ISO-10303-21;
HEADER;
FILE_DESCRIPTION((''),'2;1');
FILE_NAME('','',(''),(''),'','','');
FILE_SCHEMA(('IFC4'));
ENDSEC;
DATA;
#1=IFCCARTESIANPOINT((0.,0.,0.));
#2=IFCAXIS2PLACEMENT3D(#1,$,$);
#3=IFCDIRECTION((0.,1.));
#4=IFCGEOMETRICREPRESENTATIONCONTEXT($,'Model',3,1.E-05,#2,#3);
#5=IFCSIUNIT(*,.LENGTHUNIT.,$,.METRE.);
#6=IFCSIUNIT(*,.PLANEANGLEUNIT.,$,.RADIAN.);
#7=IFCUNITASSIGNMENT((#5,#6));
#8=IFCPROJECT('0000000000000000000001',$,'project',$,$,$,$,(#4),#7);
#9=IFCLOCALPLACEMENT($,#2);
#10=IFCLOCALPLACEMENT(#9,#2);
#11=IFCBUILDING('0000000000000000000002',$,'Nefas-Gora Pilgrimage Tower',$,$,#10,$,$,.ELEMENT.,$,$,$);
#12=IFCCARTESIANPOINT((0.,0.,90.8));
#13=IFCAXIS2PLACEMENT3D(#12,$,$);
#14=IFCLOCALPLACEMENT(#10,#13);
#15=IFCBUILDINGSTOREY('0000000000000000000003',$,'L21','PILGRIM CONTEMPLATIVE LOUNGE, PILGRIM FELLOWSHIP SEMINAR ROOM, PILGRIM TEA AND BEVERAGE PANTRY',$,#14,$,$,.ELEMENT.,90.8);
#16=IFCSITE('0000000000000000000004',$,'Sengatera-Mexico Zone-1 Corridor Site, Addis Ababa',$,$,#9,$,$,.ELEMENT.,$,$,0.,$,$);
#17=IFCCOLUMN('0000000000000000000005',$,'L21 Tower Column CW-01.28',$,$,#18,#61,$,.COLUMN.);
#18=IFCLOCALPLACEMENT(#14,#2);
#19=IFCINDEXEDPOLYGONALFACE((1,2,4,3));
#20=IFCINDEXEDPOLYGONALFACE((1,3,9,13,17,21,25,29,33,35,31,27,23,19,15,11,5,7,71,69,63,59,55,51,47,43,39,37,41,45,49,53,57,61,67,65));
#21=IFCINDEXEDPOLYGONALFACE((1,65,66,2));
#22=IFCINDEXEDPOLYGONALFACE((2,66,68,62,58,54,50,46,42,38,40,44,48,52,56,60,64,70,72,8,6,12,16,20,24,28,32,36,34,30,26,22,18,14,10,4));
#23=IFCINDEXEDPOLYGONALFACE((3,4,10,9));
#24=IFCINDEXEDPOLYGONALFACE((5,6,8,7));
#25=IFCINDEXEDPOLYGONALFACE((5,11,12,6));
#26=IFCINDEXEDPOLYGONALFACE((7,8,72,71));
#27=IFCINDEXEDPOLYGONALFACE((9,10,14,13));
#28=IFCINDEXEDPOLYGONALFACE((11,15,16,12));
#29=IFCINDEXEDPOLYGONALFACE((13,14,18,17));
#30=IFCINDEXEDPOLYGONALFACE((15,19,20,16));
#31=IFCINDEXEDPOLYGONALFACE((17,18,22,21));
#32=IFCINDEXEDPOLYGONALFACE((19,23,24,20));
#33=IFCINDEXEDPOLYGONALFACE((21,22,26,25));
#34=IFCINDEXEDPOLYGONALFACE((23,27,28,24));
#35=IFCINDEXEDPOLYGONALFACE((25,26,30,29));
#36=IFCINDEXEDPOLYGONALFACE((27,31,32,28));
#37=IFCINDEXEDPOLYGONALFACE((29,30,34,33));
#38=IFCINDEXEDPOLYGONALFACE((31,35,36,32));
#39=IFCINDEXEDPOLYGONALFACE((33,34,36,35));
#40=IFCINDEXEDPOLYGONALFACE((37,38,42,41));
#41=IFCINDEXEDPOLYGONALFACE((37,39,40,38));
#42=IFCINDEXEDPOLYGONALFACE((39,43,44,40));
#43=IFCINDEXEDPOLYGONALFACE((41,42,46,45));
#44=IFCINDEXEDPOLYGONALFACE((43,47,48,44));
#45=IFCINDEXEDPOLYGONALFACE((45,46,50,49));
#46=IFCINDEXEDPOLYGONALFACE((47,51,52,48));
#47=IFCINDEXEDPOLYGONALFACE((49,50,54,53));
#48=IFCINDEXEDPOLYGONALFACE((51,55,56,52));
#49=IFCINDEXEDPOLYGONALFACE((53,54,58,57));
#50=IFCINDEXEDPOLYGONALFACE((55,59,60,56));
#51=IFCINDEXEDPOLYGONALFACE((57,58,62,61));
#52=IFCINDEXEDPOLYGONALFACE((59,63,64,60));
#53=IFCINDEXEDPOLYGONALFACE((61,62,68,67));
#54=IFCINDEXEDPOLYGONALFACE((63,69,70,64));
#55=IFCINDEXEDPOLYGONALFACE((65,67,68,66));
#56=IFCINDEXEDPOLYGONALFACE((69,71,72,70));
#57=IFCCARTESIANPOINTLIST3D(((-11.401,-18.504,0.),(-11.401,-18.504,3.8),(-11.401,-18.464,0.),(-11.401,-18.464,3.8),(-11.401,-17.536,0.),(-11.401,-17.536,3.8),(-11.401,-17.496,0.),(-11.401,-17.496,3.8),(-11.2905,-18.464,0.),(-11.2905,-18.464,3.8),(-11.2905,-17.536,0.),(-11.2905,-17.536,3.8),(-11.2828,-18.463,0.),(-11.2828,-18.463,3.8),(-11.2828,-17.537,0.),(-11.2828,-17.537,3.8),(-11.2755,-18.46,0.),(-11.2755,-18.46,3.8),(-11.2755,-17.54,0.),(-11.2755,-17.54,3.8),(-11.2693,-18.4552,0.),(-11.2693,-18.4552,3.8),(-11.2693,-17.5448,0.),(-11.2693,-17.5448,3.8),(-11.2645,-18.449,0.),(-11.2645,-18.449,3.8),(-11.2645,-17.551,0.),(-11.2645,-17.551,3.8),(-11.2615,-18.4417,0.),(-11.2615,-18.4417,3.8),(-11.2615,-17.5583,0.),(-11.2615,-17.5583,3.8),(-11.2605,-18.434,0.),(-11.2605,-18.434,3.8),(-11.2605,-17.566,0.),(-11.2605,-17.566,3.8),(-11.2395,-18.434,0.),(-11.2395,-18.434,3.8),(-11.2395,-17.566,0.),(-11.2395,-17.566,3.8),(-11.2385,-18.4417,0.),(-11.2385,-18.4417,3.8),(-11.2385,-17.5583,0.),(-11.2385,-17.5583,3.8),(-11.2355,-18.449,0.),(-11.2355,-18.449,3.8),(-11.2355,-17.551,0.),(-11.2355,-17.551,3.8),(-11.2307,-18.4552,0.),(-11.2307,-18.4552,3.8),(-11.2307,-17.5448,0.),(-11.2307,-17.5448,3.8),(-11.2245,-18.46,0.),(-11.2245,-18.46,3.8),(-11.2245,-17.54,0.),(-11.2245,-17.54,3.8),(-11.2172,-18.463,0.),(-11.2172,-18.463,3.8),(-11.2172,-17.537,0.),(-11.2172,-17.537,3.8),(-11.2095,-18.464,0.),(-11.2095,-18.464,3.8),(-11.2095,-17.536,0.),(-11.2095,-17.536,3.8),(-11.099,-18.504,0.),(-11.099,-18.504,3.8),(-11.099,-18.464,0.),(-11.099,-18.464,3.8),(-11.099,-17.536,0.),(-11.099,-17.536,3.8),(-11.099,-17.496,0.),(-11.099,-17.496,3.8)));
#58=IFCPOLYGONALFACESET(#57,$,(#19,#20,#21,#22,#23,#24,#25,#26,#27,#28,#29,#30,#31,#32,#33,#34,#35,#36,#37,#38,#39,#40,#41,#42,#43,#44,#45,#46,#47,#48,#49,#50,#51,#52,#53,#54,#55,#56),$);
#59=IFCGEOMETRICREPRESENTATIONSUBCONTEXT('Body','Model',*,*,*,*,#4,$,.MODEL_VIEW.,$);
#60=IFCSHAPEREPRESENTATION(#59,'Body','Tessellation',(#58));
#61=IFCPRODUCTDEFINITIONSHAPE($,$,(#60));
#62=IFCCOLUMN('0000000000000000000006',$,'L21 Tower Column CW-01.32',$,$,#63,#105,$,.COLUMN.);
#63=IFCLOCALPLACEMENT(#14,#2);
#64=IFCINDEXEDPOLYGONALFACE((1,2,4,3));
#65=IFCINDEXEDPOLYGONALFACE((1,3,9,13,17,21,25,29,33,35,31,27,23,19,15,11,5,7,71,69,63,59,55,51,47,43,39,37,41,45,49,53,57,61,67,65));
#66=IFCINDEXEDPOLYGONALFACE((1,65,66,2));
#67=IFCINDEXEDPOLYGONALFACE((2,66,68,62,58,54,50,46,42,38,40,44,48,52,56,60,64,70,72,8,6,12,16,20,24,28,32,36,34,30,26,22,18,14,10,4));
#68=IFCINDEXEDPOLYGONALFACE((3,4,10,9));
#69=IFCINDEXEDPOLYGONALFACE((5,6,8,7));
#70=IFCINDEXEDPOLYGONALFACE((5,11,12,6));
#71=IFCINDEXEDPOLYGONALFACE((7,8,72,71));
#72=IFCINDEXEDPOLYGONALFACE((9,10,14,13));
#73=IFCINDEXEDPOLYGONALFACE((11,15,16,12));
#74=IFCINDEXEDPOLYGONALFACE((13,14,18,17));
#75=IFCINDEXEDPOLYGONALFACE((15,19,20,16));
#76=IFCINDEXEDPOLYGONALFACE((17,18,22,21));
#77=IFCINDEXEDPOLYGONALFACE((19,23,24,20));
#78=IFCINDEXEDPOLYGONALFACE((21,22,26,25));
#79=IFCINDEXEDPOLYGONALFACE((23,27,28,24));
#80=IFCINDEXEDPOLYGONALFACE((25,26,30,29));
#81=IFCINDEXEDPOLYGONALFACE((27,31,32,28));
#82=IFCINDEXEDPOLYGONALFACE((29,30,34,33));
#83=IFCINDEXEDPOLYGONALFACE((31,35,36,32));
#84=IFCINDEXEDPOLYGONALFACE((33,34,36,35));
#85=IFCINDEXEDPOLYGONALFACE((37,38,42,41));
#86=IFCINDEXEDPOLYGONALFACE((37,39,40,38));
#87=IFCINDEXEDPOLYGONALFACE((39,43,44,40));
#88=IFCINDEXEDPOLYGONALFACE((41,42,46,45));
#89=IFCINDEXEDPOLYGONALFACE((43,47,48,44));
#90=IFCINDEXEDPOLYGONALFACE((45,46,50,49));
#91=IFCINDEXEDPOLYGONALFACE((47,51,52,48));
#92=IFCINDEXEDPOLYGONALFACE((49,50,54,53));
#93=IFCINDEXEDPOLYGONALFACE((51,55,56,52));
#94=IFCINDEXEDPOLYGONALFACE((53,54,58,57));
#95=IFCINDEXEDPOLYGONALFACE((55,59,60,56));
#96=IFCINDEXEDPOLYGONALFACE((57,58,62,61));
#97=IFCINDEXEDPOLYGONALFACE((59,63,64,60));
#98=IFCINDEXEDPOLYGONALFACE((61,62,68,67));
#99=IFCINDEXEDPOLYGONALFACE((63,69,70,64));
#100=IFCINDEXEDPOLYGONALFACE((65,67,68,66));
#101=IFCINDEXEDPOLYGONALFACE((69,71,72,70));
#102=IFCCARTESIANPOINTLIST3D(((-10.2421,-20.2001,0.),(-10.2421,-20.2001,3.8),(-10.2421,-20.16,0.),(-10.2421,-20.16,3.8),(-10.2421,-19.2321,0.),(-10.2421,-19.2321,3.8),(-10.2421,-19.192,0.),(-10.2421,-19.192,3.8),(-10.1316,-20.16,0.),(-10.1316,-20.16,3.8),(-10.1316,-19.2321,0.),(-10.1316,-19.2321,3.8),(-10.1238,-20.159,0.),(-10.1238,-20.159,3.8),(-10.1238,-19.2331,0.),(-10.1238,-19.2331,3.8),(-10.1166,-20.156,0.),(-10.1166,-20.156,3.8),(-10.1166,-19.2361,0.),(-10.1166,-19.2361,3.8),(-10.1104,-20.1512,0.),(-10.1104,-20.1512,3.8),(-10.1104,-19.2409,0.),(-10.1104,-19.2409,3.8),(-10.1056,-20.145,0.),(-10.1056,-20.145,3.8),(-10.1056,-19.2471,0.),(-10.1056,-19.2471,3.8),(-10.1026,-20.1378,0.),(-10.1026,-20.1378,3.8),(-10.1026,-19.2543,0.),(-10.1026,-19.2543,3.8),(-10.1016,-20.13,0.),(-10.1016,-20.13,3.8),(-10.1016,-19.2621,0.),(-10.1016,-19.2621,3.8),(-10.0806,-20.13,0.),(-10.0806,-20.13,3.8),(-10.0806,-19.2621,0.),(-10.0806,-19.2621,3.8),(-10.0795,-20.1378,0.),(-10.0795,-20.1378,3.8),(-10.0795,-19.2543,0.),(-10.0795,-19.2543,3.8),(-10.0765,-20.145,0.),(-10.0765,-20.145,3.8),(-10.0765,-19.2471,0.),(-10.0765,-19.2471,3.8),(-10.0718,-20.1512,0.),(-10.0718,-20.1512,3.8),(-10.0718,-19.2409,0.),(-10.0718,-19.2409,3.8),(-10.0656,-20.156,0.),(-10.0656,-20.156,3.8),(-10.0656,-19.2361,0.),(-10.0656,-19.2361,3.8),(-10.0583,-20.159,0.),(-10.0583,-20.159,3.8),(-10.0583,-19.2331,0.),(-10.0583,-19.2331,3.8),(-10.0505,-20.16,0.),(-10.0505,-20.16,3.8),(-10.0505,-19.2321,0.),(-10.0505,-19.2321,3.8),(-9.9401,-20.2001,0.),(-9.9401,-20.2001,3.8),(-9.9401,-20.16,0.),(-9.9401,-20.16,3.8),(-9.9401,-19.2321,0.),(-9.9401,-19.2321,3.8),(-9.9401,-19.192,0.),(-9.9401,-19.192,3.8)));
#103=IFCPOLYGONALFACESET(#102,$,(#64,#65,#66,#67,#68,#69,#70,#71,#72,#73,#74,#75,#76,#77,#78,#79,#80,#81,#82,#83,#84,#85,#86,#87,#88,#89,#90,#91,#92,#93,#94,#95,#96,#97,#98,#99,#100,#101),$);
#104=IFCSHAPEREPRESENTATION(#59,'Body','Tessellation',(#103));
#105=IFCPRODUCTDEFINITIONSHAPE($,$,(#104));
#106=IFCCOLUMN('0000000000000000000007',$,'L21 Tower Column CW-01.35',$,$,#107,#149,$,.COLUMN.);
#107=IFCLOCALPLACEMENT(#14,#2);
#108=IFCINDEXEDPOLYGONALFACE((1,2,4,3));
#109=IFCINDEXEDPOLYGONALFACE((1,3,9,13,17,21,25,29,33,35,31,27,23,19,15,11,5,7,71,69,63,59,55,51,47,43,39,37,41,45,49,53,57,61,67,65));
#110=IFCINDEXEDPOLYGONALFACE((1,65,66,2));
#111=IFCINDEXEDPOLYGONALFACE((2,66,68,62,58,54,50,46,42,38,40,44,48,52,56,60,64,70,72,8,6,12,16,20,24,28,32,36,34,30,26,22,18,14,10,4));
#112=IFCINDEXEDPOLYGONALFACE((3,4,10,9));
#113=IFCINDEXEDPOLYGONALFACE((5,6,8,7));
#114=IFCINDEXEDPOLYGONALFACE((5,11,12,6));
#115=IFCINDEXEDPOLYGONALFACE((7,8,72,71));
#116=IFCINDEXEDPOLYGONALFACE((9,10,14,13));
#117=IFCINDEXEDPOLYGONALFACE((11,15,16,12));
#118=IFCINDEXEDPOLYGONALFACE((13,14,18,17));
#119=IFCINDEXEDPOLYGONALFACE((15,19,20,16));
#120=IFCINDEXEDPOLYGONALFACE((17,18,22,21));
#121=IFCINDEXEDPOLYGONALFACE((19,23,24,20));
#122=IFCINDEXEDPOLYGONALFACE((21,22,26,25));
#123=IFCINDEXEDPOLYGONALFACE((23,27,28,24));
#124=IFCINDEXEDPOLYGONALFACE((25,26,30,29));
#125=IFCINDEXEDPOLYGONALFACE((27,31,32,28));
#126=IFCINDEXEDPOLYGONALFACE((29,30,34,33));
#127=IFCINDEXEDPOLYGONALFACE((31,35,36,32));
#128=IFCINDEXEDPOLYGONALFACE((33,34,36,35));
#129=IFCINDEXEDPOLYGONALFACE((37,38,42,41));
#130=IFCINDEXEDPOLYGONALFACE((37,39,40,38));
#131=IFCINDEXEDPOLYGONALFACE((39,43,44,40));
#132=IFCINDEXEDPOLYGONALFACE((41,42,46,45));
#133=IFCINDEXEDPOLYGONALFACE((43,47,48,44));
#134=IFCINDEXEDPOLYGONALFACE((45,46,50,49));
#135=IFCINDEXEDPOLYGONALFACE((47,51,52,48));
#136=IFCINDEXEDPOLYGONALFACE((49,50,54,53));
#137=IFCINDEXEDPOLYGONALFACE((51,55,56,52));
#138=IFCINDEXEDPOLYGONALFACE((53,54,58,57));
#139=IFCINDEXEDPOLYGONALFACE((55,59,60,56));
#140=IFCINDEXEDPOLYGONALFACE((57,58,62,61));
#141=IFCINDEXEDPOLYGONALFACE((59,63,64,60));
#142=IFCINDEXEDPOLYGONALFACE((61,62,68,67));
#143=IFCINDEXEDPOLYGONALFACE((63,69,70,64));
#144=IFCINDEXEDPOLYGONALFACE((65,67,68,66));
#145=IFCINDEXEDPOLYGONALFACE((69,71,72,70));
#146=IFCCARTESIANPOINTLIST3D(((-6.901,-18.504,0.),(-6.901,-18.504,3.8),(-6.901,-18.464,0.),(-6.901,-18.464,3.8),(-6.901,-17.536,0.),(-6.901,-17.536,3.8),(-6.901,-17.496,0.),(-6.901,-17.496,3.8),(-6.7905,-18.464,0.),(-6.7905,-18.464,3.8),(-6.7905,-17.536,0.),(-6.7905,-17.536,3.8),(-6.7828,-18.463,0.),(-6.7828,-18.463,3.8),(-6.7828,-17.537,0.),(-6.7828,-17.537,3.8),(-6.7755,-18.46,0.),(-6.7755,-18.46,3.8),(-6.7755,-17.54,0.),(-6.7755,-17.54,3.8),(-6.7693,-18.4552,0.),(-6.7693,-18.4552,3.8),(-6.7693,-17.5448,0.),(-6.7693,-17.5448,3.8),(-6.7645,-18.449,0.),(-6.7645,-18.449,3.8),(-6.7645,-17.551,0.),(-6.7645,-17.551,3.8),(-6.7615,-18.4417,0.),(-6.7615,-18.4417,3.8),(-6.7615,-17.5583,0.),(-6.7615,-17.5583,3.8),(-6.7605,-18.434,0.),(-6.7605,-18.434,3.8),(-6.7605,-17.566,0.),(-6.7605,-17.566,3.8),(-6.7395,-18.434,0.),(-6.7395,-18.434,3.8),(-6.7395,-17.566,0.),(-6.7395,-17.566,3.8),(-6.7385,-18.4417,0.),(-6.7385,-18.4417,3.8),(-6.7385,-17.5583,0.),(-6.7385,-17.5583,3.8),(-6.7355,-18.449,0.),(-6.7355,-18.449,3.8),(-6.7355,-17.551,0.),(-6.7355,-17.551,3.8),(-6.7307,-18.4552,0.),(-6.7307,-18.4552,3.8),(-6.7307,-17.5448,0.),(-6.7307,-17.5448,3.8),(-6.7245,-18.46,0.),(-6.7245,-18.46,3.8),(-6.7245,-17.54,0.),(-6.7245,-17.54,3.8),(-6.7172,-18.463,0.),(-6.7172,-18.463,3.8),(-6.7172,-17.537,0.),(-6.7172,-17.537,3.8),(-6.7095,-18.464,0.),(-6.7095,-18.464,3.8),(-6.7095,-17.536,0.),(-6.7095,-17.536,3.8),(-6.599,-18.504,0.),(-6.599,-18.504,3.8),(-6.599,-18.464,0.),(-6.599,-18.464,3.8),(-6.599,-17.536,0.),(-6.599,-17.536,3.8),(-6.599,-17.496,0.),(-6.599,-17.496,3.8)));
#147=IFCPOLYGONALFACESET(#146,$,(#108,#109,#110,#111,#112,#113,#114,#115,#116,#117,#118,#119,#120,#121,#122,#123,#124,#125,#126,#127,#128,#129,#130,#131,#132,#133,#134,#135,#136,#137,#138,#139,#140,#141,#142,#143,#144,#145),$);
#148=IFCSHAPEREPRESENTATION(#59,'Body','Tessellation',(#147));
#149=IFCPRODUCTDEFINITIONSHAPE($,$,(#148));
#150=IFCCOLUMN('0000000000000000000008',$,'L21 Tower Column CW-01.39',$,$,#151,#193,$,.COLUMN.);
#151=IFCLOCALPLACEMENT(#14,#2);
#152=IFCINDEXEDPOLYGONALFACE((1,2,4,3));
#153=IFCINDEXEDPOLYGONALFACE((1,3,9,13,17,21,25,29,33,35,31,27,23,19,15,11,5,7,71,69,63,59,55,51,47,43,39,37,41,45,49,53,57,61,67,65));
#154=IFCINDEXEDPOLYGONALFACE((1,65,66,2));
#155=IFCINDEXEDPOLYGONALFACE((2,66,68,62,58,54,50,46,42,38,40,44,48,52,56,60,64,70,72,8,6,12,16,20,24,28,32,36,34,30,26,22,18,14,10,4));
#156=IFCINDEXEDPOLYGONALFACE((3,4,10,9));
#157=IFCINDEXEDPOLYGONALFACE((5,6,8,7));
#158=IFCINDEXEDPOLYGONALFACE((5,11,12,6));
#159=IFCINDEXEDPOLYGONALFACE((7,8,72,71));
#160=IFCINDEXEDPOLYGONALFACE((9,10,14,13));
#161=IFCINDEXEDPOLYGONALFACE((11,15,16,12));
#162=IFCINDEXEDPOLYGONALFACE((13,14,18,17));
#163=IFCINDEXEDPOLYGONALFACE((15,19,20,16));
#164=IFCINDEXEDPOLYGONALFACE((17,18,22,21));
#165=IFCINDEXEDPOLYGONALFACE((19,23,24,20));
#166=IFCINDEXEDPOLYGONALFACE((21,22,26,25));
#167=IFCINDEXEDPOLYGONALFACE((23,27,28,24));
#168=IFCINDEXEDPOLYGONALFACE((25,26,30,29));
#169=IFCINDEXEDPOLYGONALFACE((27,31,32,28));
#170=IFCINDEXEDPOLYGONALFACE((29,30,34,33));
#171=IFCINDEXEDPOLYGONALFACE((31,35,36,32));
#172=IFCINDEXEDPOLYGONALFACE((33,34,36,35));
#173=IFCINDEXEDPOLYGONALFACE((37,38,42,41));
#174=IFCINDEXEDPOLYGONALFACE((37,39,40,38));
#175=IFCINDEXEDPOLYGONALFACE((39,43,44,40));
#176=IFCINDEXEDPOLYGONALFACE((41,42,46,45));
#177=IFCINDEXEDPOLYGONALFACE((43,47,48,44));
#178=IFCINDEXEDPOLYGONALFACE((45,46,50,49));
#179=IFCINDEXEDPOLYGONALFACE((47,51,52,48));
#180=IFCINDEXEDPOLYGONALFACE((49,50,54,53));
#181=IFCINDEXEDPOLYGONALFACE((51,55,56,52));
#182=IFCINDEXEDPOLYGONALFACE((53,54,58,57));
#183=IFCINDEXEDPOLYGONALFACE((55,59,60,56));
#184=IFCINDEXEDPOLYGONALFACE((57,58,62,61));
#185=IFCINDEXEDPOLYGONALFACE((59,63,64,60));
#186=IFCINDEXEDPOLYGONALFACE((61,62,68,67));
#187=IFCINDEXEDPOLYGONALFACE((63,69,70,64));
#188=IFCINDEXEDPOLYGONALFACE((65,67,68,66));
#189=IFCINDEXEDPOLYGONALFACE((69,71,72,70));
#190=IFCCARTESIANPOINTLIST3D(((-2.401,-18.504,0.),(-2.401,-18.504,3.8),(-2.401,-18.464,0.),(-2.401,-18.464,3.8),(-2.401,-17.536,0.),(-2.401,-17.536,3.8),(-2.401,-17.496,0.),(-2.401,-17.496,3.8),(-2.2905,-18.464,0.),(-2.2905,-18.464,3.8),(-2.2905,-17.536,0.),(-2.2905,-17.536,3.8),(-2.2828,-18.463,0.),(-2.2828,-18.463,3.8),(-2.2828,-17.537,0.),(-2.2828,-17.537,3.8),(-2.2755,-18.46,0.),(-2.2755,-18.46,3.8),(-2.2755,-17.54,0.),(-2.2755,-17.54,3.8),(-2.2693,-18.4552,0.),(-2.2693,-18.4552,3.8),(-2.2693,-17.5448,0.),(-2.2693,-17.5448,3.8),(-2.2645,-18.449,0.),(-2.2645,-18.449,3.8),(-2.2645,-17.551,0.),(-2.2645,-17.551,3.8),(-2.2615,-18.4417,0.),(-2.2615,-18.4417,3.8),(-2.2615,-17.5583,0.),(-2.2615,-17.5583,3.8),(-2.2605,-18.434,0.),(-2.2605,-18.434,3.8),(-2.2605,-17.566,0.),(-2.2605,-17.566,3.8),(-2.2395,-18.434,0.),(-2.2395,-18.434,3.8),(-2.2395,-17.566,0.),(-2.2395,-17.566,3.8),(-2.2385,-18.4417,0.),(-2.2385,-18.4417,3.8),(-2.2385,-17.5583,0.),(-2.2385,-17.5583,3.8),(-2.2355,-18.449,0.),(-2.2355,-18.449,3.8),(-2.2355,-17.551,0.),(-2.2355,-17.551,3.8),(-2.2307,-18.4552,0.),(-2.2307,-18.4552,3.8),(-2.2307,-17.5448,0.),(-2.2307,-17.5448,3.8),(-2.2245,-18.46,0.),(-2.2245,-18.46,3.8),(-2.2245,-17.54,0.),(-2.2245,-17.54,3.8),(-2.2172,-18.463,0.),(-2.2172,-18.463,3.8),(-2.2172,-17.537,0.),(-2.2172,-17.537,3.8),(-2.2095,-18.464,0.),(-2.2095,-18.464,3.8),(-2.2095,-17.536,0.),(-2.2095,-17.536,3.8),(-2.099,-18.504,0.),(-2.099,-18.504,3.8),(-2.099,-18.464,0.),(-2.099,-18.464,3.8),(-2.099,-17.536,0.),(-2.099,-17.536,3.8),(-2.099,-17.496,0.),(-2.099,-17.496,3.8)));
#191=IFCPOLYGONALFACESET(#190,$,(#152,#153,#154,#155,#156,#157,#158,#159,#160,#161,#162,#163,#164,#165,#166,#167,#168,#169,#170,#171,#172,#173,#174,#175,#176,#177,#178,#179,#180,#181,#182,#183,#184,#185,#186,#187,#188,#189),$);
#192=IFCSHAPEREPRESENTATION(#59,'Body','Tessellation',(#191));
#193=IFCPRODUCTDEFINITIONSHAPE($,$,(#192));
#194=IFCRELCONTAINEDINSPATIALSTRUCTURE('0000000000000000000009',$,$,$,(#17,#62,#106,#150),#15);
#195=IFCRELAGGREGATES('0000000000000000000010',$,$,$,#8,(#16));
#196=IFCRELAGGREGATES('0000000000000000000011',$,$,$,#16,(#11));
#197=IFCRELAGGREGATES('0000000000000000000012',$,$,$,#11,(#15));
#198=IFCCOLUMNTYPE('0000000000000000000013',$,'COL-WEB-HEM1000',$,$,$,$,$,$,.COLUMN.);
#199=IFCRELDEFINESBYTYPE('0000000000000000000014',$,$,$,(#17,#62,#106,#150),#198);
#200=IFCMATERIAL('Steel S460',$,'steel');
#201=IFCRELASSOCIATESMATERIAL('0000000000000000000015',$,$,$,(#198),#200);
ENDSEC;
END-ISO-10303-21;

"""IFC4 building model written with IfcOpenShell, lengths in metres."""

from ifc_helpers import new_model, si_unit, direction, frame, origin, origin_2d, place, context, subcontext, project, spatial, i_section, extrude, source, transform, mapped, material, material_profile, profile_set, type_object, element, save


model = new_model("IFC4")

# Units and contexts
model_context = context("Model", 3, precision=1e-05, world=origin(), true_north=direction((0.0, 1.0)))
body_context = subcontext(model_context, "Body", "Model", "MODEL_VIEW")
ifc_project = project(units=[si_unit("LENGTHUNIT", "METRE"), si_unit("PLANEANGLEUNIT", "RADIAN")], contexts=[model_context])

# Site, building, storey
site_placement = place(None, origin())
site = spatial("IfcSite", under=ifc_project, at=site_placement, Name="Sengatera-Mexico Zone-1 Corridor Site, Addis Ababa", CompositionType="ELEMENT", RefElevation=0.0)
building_placement = place(site_placement, origin())
building = spatial("IfcBuilding", under=site, at=building_placement, Name="Nefas-Gora Pilgrimage Tower", CompositionType="ELEMENT")
storey_placement = place(building_placement, frame((0.0, 0.0, 90.8)))
storey = spatial("IfcBuildingStorey", under=building, at=storey_placement, Name="L21", Description="PILGRIM CONTEMPLATIVE LOUNGE, PILGRIM FELLOWSHIP SEMINAR ROOM, PILGRIM TEA AND BEVERAGE PANTRY", CompositionType="ELEMENT", Elevation=90.8)

# Columns
ifc_material_1 = material(Name="Steel S460", Category="steel")
ifc_material_profile_1 = material_profile(ifc_material_1, i_section(OverallWidth=0.302, OverallDepth=1.0081, WebThickness=0.021, FlangeThickness=0.04, FilletRadius=0.03, at=origin_2d()), Name="HEM 1000")
ifc_profile_set_1 = profile_set([ifc_material_profile_1], Name="Steel S460")
column_type = type_object("IfcColumnType", Name="COL-WEB-HEM1000", PredefinedType="COLUMN", material=ifc_profile_set_1)
shared_shape_1 = source(origin(), body_context, "Body", "SweptSolid", [
    extrude(i_section(OverallWidth=0.302, OverallDepth=1.0081, WebThickness=0.021, FlangeThickness=0.04, FilletRadius=0.03, at=origin_2d()), origin(), (0.0, 0.0, 1.0), 3.8),
])
for number, where, z_axis, x_axis, name in (
    (1, (-11.25, -18.0, 0.0), (0.0, 0.0, 1.0), (1.0, 0.0, 0.0), "L21 Tower Column CW-01.28"),
    (2, (-10.0911, -19.696, 0.0), (0.0, 0.0, 1.0), (1.0, 0.0, 0.0), "L21 Tower Column CW-01.32"),
    (3, (-6.75, -18.0, 0.0), (0.0, 0.0, 1.0), (1.0, 0.0, 0.0), "L21 Tower Column CW-01.35"),
    (4, (-2.25, -18.0, 0.0), (0.0, 0.0, 1.0), (1.0, 0.0, 0.0), "L21 Tower Column CW-01.39"),
):
    element("IfcColumn", number, at=place(storey_placement, frame(where, z_axis=z_axis, x_axis=x_axis)), inside=storey, type_object=column_type, Name=name, PredefinedType="COLUMN", context=body_context, shape_type="MappedRepresentation", body=[
        mapped(shared_shape_1, transform((0.0, 0.0, 0.0), x_axis=(1.0, 0.0, 0.0), y_axis=(0.0, 1.0, 0.0), z_axis=(0.0, 0.0, 1.0), scale=1.0)),
    ])

save(model, "model.ifc")
